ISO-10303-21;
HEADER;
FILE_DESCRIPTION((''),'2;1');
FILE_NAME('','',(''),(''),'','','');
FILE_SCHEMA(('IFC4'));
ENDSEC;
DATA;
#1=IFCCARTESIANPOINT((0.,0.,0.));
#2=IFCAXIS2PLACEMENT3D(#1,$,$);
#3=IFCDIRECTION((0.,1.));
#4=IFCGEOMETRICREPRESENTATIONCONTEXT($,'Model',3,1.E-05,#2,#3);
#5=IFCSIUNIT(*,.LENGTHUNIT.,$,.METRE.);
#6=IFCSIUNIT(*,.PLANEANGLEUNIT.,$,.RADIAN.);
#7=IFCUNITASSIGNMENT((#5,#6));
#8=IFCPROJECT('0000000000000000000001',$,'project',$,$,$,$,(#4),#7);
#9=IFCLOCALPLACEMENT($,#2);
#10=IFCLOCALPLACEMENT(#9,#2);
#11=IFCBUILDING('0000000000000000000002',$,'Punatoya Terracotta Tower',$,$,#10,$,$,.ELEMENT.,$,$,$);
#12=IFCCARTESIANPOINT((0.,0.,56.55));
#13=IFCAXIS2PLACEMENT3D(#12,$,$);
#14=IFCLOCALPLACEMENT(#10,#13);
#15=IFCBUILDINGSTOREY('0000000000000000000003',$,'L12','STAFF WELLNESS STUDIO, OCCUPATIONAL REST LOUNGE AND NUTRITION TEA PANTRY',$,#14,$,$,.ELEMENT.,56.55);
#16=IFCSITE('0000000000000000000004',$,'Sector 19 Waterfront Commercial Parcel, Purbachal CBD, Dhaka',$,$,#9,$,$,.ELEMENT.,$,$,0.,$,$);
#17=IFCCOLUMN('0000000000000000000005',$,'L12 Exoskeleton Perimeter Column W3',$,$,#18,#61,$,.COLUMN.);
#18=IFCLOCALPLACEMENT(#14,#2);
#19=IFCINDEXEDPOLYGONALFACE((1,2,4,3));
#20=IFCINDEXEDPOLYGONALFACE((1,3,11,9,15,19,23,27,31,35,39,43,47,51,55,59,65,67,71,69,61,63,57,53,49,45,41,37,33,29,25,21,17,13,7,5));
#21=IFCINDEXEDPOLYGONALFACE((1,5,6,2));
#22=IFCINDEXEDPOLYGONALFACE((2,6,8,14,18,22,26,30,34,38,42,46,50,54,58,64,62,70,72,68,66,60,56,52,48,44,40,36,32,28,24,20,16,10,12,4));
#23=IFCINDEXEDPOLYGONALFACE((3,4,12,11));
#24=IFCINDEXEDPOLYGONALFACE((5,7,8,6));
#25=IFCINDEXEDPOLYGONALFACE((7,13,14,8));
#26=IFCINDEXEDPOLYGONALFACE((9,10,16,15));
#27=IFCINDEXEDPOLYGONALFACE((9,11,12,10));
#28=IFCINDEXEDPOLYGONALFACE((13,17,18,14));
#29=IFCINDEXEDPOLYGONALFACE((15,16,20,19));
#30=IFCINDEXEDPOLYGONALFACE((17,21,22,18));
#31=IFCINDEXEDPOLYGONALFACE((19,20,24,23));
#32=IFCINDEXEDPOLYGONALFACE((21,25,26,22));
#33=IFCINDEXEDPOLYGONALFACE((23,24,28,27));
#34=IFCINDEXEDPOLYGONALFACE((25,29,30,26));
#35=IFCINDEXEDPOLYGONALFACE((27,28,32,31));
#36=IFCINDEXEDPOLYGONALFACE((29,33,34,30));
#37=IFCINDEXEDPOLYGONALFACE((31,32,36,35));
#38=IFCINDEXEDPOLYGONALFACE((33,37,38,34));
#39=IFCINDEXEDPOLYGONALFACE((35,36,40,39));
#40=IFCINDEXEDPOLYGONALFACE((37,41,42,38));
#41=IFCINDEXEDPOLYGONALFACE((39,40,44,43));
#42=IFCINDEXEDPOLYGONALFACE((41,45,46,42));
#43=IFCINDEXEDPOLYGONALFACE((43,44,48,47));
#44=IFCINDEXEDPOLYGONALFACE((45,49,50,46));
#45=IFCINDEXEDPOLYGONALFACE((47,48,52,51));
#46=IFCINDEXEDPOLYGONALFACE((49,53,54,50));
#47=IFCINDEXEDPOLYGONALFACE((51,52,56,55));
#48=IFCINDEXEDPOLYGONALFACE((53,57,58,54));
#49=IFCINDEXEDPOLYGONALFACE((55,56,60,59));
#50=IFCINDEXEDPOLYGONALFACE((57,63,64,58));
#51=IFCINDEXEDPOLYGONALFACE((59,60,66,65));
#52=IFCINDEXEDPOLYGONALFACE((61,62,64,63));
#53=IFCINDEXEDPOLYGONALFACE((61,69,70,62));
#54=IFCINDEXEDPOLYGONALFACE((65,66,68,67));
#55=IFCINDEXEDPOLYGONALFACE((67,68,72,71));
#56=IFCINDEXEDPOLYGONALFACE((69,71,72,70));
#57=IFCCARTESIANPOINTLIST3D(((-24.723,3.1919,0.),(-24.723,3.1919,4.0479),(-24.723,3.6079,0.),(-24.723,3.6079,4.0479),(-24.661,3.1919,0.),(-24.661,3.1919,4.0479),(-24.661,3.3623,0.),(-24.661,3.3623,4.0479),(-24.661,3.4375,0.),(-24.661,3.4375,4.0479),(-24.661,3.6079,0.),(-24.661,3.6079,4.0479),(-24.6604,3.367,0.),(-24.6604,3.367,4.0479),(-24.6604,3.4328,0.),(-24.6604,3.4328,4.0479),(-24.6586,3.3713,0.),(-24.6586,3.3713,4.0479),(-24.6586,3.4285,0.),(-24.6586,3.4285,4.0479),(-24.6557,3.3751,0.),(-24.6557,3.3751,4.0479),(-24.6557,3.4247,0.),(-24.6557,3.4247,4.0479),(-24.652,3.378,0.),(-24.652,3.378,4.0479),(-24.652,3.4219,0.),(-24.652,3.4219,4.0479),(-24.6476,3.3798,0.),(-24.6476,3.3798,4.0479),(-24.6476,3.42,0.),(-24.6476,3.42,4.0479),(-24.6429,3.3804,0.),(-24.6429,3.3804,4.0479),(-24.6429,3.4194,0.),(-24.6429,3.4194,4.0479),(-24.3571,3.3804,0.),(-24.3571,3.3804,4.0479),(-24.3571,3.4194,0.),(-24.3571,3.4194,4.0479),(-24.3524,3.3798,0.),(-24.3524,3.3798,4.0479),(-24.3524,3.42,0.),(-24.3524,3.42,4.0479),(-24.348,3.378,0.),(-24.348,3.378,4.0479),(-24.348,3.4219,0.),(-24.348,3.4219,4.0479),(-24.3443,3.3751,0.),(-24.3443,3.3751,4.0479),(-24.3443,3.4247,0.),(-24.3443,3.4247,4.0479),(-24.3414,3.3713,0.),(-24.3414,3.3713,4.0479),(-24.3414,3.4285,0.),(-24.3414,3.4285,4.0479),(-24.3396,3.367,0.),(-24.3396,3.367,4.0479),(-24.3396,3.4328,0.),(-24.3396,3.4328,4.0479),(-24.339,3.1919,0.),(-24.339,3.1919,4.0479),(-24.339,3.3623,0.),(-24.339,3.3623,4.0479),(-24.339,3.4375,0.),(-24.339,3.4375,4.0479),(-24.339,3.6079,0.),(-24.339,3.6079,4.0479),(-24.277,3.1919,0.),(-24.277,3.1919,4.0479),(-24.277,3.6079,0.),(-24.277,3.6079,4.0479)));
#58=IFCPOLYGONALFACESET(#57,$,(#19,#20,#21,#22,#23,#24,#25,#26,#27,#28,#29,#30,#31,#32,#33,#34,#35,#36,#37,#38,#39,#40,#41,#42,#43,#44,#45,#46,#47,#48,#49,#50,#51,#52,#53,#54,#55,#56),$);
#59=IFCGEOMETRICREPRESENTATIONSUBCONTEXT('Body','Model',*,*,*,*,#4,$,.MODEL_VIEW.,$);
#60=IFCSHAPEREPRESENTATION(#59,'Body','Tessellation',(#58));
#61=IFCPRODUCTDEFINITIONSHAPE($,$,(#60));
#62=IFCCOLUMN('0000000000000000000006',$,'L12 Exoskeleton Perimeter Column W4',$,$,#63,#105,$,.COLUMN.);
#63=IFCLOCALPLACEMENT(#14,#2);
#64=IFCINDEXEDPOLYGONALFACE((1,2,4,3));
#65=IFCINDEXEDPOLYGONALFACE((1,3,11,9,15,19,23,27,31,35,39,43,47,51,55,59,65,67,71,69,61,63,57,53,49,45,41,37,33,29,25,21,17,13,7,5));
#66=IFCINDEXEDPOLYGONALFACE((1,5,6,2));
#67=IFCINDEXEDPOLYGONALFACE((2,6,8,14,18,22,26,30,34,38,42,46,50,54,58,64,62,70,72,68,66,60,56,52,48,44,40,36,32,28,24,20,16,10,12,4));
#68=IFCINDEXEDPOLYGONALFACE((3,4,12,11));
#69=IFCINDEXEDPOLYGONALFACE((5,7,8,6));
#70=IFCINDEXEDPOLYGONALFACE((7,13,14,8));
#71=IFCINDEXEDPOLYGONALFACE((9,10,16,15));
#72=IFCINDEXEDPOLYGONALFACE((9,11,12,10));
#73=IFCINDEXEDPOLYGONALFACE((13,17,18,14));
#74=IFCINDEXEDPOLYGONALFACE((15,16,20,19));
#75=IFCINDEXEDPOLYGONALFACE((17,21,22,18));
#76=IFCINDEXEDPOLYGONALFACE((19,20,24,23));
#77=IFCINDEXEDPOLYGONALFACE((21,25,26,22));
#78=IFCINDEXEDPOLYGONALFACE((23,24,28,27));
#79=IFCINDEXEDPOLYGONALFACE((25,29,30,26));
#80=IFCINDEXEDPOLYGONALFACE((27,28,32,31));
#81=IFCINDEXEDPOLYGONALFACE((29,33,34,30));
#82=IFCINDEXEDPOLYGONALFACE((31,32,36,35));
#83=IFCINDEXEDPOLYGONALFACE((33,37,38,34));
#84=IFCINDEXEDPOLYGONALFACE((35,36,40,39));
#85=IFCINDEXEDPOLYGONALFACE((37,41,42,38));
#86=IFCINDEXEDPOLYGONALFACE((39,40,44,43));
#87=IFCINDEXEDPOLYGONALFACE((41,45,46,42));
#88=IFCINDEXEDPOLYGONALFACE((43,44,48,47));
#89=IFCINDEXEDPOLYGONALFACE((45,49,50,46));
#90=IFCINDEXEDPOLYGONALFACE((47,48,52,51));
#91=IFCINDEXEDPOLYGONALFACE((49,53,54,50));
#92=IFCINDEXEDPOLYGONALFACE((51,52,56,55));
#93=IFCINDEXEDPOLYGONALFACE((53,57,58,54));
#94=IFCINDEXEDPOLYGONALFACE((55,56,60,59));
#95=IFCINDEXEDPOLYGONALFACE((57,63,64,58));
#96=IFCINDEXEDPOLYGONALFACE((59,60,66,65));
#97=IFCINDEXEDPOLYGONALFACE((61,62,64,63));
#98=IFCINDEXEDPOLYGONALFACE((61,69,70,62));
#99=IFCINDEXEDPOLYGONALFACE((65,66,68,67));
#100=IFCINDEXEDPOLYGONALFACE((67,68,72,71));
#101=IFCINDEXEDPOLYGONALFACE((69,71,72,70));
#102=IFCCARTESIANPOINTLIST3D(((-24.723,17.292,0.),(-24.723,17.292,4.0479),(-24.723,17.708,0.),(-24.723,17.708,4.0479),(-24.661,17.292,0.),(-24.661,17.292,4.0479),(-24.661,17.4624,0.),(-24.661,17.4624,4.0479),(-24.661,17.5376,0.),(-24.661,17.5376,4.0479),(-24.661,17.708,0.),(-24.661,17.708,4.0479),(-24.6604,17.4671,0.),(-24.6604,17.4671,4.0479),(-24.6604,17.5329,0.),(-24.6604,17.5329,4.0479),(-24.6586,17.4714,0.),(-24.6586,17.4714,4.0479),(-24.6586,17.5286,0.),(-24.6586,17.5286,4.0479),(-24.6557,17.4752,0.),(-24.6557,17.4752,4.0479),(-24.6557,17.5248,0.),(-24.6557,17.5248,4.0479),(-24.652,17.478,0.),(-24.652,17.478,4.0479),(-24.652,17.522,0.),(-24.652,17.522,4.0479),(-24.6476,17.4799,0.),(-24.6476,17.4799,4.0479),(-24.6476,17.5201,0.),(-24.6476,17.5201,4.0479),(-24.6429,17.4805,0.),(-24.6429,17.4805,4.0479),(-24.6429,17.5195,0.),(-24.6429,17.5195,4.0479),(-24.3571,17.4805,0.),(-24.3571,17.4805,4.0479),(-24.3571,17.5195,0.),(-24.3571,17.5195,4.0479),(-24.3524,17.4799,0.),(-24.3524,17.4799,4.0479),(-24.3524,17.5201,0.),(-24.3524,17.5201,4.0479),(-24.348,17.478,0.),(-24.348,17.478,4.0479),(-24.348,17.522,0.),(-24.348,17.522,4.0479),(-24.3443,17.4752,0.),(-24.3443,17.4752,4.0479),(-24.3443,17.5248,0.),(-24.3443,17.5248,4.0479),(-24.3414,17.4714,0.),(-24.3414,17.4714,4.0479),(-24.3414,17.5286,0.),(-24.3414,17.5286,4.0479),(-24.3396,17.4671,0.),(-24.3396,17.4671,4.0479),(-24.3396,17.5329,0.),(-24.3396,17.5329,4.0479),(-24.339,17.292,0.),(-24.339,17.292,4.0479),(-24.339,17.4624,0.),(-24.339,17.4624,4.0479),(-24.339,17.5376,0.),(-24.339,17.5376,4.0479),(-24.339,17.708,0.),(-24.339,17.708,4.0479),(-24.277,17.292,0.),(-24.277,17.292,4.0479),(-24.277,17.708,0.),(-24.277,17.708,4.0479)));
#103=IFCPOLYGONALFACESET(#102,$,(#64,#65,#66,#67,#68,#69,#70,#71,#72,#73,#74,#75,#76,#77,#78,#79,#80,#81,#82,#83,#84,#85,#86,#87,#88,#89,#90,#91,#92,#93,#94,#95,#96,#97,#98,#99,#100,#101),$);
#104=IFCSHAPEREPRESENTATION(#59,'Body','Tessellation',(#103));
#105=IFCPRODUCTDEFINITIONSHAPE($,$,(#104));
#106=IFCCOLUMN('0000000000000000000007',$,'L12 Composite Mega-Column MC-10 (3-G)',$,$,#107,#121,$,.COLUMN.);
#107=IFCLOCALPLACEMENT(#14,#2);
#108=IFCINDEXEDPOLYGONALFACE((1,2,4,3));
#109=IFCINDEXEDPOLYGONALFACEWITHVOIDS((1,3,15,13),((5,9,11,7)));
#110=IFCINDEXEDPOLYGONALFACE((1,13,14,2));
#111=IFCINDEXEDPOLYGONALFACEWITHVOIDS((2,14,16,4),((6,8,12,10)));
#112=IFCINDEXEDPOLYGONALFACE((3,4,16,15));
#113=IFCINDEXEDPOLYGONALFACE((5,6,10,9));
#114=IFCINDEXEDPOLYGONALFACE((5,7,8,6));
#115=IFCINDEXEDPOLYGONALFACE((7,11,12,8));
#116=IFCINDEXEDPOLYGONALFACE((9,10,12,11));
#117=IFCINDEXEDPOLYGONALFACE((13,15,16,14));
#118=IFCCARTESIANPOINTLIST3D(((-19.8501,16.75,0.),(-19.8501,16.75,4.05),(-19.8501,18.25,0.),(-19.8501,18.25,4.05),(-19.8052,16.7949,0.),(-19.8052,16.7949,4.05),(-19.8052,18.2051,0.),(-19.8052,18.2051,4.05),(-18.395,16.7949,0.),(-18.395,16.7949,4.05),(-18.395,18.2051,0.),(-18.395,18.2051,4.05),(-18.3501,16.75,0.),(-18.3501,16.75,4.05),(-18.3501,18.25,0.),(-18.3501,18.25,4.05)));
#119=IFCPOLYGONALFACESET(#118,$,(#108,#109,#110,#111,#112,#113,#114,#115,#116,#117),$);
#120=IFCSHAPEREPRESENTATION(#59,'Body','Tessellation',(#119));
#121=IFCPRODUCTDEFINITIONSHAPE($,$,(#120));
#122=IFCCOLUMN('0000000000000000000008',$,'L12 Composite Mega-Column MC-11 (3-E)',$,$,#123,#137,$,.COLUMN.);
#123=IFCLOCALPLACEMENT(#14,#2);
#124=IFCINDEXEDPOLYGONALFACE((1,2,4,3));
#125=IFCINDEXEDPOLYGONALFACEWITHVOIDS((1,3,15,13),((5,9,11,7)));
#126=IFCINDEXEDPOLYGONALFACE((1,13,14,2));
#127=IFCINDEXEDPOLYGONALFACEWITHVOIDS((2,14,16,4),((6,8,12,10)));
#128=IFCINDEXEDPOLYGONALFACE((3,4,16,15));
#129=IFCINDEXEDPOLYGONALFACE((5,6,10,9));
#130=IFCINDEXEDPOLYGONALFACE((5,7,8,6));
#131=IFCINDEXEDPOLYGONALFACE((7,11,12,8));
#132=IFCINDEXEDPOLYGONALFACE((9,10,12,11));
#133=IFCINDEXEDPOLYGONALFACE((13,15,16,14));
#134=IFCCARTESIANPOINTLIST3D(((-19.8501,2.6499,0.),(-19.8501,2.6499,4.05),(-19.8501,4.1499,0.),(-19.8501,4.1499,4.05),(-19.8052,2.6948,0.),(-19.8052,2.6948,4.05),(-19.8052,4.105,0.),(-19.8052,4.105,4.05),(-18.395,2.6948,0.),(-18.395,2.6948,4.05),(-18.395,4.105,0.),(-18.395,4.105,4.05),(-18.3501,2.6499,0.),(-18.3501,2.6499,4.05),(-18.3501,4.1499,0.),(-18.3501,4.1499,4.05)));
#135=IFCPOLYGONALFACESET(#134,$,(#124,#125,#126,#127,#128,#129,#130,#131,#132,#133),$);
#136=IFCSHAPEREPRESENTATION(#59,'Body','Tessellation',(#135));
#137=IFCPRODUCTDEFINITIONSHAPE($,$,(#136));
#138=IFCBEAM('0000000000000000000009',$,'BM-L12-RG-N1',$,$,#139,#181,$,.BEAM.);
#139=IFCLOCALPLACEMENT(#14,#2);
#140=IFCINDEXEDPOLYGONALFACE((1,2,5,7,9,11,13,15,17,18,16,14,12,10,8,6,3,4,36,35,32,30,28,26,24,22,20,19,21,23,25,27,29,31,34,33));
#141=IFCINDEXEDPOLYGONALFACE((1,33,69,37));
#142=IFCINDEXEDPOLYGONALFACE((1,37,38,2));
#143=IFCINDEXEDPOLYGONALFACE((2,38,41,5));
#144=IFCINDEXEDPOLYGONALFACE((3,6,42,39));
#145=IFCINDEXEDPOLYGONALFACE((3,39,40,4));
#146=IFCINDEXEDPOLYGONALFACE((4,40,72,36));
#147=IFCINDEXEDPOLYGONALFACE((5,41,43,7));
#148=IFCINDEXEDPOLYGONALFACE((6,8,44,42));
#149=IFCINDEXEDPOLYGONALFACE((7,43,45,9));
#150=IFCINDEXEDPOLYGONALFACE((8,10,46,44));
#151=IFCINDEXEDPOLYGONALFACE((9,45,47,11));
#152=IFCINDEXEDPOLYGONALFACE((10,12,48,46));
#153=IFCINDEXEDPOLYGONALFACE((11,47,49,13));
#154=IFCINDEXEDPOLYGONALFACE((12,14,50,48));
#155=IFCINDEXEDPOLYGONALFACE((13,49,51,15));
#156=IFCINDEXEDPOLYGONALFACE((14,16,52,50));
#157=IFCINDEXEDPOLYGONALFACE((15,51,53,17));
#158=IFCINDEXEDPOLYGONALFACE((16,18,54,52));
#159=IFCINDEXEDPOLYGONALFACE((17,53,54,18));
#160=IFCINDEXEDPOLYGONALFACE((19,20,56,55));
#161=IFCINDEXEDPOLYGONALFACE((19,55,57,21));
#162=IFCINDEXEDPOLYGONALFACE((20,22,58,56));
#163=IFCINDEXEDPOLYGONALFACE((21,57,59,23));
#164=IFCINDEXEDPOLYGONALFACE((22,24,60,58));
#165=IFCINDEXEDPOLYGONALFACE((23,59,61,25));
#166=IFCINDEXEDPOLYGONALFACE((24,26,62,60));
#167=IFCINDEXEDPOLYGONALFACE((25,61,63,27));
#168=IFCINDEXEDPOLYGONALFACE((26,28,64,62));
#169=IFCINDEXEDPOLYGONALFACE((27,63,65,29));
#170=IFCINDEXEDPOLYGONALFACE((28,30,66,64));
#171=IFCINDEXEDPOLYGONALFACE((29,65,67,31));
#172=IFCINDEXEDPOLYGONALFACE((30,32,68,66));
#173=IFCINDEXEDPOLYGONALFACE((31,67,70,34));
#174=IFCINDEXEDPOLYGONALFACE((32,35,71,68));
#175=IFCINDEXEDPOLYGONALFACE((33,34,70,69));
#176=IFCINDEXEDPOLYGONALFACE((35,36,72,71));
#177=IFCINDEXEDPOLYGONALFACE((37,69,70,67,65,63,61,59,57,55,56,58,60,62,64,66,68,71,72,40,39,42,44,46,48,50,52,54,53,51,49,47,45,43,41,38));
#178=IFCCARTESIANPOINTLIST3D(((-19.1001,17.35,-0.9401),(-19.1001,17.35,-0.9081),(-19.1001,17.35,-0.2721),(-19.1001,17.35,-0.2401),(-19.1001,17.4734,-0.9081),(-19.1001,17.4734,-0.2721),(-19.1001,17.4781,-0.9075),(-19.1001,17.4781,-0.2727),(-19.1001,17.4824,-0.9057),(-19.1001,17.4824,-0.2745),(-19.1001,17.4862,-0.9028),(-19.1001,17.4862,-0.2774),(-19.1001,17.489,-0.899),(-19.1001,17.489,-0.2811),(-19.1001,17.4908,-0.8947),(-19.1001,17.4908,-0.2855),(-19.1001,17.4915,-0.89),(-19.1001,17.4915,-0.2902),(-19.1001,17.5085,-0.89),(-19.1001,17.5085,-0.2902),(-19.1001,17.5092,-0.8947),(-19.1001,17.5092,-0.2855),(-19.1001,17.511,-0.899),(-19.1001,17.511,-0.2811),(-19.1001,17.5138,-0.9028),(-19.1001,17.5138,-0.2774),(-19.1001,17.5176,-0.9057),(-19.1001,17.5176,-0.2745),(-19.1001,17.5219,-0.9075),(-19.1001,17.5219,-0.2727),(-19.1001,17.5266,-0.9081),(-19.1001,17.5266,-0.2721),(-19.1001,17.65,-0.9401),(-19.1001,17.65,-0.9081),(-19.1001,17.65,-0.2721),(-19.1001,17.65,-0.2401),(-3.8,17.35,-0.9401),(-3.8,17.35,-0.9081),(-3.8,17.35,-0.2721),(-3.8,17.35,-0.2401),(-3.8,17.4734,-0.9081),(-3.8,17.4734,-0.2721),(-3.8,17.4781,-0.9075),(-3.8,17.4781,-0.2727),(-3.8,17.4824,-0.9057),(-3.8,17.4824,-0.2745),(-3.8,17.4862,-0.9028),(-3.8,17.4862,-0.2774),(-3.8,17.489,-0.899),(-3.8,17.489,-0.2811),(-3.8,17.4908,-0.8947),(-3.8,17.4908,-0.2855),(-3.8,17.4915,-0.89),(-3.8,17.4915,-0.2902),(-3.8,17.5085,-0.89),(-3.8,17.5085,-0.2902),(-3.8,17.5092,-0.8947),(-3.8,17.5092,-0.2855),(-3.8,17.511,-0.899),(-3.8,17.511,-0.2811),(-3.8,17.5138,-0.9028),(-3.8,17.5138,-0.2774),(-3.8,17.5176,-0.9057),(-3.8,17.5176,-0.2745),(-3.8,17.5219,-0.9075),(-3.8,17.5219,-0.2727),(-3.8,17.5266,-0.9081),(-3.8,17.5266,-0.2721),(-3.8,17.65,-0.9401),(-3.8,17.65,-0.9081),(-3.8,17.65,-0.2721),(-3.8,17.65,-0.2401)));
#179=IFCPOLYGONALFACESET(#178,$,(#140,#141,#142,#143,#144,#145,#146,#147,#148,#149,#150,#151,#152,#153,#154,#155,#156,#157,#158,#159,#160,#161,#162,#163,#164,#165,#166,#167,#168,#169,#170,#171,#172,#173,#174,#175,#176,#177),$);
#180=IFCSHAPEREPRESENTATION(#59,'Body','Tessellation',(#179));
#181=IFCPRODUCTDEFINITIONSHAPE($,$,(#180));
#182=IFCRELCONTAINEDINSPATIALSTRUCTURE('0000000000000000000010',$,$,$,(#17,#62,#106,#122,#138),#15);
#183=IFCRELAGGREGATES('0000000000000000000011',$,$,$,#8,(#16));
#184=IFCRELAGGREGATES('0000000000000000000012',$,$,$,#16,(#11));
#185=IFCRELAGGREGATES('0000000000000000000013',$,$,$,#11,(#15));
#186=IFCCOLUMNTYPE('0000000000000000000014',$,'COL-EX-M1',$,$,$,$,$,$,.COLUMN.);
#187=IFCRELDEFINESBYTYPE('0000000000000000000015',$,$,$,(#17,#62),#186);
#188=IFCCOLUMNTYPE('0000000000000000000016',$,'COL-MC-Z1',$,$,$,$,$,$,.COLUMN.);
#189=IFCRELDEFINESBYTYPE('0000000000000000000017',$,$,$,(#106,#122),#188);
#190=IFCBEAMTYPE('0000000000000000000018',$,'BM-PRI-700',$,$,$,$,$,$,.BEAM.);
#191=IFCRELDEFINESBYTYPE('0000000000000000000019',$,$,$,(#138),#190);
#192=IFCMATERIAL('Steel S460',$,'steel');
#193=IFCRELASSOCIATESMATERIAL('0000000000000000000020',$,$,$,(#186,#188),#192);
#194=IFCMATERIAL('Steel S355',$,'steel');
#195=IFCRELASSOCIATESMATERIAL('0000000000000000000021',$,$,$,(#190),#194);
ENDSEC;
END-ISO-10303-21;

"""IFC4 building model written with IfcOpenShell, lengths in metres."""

from ifc_helpers import new_model, si_unit, direction, frame, origin, origin_2d, place, context, subcontext, project, spatial, hollow_rectangle, i_section, extrude, material, material_profile, profile_set, type_object, element, save


model = new_model("IFC4")

# Units and contexts
model_context = context("Model", 3, precision=1e-05, world=origin(), true_north=direction((0.0, 1.0)))
body_context = subcontext(model_context, "Body", "Model", "MODEL_VIEW")
ifc_project = project(units=[si_unit("LENGTHUNIT", "METRE"), si_unit("PLANEANGLEUNIT", "RADIAN")], contexts=[model_context])

# Site, building, storey
site_placement = place(None, origin())
site = spatial("IfcSite", under=ifc_project, at=site_placement, Name="Sector 19 Waterfront Commercial Parcel, Purbachal CBD, Dhaka", CompositionType="ELEMENT", RefElevation=0.0)
building_placement = place(site_placement, origin())
building = spatial("IfcBuilding", under=site, at=building_placement, Name="Punatoya Terracotta Tower", CompositionType="ELEMENT")
storey_placement = place(building_placement, frame((0.0, 0.0, 56.55)))
storey = spatial("IfcBuildingStorey", under=building, at=storey_placement, Name="L12", Description="STAFF WELLNESS STUDIO, OCCUPATIONAL REST LOUNGE AND NUTRITION TEA PANTRY", CompositionType="ELEMENT", Elevation=56.55)

# Columns
ifc_material_1 = material(Name="Steel S460", Category="steel")
ifc_material_profile_1 = material_profile(ifc_material_1, i_section(OverallWidth=0.416, OverallDepth=0.446, WebThickness=0.0391, FlangeThickness=0.062, FilletRadius=0.0181, at=origin_2d()))
ifc_profile_set_1 = profile_set([ifc_material_profile_1], Name="Steel S460")
column_type_1 = type_object("IfcColumnType", Name="COL-EX-M1", PredefinedType="COLUMN", material=ifc_profile_set_1)
for number, where, z_axis, x_axis, name in (
    (1, (-24.5, 3.3999, 0.0), (0.0, 0.0, 1.0), (0.0, 1.0, 0.0), "L12 Exoskeleton Perimeter Column W3"),
    (2, (-24.5, 17.5, 0.0), (0.0, 0.0, 1.0), (0.0, 1.0, 0.0), "L12 Exoskeleton Perimeter Column W4"),
):
    element("IfcColumn", number, at=place(storey_placement, frame(where, z_axis=z_axis, x_axis=x_axis)), inside=storey, type_object=column_type_1, Name=name, PredefinedType="COLUMN", context=body_context, shape_type="SweptSolid", body=[
        extrude(i_section(OverallWidth=0.416, OverallDepth=0.446, WebThickness=0.0391, FlangeThickness=0.062, FilletRadius=0.0181, at=origin_2d()), origin(), (0.0, 0.0, 1.0), 4.0479),
    ])
ifc_material_profile_2 = material_profile(ifc_material_1, hollow_rectangle(XDim=1.5, YDim=1.5, WallThickness=0.0449, at=origin_2d()))
ifc_profile_set_2 = profile_set([ifc_material_profile_2], Name="Steel S460")
column_type_2 = type_object("IfcColumnType", Name="COL-MC-Z1", PredefinedType="COLUMN", material=ifc_profile_set_2)
for number, where, z_axis, x_axis, name in (
    (3, (-19.1001, 17.5, 0.0), (0.0, 0.0, 1.0), (1.0, 0.0, 0.0), "L12 Composite Mega-Column MC-10 (3-G)"),
    (4, (-19.1001, 3.3999, 0.0), (0.0, 0.0, 1.0), (1.0, 0.0, 0.0), "L12 Composite Mega-Column MC-11 (3-E)"),
):
    element("IfcColumn", number, at=place(storey_placement, frame(where, z_axis=z_axis, x_axis=x_axis)), inside=storey, type_object=column_type_2, Name=name, PredefinedType="COLUMN", context=body_context, shape_type="SweptSolid", body=[
        extrude(hollow_rectangle(XDim=1.5, YDim=1.5, WallThickness=0.0449, at=origin_2d()), origin(), (0.0, 0.0, 1.0), 4.05),
    ])

# Beam
ifc_material_2 = material(Name="Steel S355", Category="steel")
ifc_material_profile_3 = material_profile(ifc_material_2, i_section(OverallWidth=0.3, OverallDepth=0.7, WebThickness=0.0171, FlangeThickness=0.032, FilletRadius=0.0181, at=origin_2d()))
ifc_profile_set_3 = profile_set([ifc_material_profile_3], Name="Steel S355")
beam_type_1 = type_object("IfcBeamType", Name="BM-PRI-700", PredefinedType="BEAM", material=ifc_profile_set_3)
beam_1_placement = place(storey_placement, frame((-19.1001, 17.5, -0.5901), z_axis=(1.0, 0.0, 0.0), x_axis=(0.0, 1.0, 0.0)))
element("IfcBeam", 5, at=beam_1_placement, inside=storey, type_object=beam_type_1, Name="BM-L12-RG-N1", PredefinedType="BEAM", context=body_context, shape_type="SweptSolid", body=[
    extrude(i_section(OverallWidth=0.3, OverallDepth=0.7, WebThickness=0.0171, FlangeThickness=0.032, FilletRadius=0.0181, at=origin_2d()), origin(), (0.0, 0.0, 1.0), 15.3),
])

save(model, "model.ifc")
